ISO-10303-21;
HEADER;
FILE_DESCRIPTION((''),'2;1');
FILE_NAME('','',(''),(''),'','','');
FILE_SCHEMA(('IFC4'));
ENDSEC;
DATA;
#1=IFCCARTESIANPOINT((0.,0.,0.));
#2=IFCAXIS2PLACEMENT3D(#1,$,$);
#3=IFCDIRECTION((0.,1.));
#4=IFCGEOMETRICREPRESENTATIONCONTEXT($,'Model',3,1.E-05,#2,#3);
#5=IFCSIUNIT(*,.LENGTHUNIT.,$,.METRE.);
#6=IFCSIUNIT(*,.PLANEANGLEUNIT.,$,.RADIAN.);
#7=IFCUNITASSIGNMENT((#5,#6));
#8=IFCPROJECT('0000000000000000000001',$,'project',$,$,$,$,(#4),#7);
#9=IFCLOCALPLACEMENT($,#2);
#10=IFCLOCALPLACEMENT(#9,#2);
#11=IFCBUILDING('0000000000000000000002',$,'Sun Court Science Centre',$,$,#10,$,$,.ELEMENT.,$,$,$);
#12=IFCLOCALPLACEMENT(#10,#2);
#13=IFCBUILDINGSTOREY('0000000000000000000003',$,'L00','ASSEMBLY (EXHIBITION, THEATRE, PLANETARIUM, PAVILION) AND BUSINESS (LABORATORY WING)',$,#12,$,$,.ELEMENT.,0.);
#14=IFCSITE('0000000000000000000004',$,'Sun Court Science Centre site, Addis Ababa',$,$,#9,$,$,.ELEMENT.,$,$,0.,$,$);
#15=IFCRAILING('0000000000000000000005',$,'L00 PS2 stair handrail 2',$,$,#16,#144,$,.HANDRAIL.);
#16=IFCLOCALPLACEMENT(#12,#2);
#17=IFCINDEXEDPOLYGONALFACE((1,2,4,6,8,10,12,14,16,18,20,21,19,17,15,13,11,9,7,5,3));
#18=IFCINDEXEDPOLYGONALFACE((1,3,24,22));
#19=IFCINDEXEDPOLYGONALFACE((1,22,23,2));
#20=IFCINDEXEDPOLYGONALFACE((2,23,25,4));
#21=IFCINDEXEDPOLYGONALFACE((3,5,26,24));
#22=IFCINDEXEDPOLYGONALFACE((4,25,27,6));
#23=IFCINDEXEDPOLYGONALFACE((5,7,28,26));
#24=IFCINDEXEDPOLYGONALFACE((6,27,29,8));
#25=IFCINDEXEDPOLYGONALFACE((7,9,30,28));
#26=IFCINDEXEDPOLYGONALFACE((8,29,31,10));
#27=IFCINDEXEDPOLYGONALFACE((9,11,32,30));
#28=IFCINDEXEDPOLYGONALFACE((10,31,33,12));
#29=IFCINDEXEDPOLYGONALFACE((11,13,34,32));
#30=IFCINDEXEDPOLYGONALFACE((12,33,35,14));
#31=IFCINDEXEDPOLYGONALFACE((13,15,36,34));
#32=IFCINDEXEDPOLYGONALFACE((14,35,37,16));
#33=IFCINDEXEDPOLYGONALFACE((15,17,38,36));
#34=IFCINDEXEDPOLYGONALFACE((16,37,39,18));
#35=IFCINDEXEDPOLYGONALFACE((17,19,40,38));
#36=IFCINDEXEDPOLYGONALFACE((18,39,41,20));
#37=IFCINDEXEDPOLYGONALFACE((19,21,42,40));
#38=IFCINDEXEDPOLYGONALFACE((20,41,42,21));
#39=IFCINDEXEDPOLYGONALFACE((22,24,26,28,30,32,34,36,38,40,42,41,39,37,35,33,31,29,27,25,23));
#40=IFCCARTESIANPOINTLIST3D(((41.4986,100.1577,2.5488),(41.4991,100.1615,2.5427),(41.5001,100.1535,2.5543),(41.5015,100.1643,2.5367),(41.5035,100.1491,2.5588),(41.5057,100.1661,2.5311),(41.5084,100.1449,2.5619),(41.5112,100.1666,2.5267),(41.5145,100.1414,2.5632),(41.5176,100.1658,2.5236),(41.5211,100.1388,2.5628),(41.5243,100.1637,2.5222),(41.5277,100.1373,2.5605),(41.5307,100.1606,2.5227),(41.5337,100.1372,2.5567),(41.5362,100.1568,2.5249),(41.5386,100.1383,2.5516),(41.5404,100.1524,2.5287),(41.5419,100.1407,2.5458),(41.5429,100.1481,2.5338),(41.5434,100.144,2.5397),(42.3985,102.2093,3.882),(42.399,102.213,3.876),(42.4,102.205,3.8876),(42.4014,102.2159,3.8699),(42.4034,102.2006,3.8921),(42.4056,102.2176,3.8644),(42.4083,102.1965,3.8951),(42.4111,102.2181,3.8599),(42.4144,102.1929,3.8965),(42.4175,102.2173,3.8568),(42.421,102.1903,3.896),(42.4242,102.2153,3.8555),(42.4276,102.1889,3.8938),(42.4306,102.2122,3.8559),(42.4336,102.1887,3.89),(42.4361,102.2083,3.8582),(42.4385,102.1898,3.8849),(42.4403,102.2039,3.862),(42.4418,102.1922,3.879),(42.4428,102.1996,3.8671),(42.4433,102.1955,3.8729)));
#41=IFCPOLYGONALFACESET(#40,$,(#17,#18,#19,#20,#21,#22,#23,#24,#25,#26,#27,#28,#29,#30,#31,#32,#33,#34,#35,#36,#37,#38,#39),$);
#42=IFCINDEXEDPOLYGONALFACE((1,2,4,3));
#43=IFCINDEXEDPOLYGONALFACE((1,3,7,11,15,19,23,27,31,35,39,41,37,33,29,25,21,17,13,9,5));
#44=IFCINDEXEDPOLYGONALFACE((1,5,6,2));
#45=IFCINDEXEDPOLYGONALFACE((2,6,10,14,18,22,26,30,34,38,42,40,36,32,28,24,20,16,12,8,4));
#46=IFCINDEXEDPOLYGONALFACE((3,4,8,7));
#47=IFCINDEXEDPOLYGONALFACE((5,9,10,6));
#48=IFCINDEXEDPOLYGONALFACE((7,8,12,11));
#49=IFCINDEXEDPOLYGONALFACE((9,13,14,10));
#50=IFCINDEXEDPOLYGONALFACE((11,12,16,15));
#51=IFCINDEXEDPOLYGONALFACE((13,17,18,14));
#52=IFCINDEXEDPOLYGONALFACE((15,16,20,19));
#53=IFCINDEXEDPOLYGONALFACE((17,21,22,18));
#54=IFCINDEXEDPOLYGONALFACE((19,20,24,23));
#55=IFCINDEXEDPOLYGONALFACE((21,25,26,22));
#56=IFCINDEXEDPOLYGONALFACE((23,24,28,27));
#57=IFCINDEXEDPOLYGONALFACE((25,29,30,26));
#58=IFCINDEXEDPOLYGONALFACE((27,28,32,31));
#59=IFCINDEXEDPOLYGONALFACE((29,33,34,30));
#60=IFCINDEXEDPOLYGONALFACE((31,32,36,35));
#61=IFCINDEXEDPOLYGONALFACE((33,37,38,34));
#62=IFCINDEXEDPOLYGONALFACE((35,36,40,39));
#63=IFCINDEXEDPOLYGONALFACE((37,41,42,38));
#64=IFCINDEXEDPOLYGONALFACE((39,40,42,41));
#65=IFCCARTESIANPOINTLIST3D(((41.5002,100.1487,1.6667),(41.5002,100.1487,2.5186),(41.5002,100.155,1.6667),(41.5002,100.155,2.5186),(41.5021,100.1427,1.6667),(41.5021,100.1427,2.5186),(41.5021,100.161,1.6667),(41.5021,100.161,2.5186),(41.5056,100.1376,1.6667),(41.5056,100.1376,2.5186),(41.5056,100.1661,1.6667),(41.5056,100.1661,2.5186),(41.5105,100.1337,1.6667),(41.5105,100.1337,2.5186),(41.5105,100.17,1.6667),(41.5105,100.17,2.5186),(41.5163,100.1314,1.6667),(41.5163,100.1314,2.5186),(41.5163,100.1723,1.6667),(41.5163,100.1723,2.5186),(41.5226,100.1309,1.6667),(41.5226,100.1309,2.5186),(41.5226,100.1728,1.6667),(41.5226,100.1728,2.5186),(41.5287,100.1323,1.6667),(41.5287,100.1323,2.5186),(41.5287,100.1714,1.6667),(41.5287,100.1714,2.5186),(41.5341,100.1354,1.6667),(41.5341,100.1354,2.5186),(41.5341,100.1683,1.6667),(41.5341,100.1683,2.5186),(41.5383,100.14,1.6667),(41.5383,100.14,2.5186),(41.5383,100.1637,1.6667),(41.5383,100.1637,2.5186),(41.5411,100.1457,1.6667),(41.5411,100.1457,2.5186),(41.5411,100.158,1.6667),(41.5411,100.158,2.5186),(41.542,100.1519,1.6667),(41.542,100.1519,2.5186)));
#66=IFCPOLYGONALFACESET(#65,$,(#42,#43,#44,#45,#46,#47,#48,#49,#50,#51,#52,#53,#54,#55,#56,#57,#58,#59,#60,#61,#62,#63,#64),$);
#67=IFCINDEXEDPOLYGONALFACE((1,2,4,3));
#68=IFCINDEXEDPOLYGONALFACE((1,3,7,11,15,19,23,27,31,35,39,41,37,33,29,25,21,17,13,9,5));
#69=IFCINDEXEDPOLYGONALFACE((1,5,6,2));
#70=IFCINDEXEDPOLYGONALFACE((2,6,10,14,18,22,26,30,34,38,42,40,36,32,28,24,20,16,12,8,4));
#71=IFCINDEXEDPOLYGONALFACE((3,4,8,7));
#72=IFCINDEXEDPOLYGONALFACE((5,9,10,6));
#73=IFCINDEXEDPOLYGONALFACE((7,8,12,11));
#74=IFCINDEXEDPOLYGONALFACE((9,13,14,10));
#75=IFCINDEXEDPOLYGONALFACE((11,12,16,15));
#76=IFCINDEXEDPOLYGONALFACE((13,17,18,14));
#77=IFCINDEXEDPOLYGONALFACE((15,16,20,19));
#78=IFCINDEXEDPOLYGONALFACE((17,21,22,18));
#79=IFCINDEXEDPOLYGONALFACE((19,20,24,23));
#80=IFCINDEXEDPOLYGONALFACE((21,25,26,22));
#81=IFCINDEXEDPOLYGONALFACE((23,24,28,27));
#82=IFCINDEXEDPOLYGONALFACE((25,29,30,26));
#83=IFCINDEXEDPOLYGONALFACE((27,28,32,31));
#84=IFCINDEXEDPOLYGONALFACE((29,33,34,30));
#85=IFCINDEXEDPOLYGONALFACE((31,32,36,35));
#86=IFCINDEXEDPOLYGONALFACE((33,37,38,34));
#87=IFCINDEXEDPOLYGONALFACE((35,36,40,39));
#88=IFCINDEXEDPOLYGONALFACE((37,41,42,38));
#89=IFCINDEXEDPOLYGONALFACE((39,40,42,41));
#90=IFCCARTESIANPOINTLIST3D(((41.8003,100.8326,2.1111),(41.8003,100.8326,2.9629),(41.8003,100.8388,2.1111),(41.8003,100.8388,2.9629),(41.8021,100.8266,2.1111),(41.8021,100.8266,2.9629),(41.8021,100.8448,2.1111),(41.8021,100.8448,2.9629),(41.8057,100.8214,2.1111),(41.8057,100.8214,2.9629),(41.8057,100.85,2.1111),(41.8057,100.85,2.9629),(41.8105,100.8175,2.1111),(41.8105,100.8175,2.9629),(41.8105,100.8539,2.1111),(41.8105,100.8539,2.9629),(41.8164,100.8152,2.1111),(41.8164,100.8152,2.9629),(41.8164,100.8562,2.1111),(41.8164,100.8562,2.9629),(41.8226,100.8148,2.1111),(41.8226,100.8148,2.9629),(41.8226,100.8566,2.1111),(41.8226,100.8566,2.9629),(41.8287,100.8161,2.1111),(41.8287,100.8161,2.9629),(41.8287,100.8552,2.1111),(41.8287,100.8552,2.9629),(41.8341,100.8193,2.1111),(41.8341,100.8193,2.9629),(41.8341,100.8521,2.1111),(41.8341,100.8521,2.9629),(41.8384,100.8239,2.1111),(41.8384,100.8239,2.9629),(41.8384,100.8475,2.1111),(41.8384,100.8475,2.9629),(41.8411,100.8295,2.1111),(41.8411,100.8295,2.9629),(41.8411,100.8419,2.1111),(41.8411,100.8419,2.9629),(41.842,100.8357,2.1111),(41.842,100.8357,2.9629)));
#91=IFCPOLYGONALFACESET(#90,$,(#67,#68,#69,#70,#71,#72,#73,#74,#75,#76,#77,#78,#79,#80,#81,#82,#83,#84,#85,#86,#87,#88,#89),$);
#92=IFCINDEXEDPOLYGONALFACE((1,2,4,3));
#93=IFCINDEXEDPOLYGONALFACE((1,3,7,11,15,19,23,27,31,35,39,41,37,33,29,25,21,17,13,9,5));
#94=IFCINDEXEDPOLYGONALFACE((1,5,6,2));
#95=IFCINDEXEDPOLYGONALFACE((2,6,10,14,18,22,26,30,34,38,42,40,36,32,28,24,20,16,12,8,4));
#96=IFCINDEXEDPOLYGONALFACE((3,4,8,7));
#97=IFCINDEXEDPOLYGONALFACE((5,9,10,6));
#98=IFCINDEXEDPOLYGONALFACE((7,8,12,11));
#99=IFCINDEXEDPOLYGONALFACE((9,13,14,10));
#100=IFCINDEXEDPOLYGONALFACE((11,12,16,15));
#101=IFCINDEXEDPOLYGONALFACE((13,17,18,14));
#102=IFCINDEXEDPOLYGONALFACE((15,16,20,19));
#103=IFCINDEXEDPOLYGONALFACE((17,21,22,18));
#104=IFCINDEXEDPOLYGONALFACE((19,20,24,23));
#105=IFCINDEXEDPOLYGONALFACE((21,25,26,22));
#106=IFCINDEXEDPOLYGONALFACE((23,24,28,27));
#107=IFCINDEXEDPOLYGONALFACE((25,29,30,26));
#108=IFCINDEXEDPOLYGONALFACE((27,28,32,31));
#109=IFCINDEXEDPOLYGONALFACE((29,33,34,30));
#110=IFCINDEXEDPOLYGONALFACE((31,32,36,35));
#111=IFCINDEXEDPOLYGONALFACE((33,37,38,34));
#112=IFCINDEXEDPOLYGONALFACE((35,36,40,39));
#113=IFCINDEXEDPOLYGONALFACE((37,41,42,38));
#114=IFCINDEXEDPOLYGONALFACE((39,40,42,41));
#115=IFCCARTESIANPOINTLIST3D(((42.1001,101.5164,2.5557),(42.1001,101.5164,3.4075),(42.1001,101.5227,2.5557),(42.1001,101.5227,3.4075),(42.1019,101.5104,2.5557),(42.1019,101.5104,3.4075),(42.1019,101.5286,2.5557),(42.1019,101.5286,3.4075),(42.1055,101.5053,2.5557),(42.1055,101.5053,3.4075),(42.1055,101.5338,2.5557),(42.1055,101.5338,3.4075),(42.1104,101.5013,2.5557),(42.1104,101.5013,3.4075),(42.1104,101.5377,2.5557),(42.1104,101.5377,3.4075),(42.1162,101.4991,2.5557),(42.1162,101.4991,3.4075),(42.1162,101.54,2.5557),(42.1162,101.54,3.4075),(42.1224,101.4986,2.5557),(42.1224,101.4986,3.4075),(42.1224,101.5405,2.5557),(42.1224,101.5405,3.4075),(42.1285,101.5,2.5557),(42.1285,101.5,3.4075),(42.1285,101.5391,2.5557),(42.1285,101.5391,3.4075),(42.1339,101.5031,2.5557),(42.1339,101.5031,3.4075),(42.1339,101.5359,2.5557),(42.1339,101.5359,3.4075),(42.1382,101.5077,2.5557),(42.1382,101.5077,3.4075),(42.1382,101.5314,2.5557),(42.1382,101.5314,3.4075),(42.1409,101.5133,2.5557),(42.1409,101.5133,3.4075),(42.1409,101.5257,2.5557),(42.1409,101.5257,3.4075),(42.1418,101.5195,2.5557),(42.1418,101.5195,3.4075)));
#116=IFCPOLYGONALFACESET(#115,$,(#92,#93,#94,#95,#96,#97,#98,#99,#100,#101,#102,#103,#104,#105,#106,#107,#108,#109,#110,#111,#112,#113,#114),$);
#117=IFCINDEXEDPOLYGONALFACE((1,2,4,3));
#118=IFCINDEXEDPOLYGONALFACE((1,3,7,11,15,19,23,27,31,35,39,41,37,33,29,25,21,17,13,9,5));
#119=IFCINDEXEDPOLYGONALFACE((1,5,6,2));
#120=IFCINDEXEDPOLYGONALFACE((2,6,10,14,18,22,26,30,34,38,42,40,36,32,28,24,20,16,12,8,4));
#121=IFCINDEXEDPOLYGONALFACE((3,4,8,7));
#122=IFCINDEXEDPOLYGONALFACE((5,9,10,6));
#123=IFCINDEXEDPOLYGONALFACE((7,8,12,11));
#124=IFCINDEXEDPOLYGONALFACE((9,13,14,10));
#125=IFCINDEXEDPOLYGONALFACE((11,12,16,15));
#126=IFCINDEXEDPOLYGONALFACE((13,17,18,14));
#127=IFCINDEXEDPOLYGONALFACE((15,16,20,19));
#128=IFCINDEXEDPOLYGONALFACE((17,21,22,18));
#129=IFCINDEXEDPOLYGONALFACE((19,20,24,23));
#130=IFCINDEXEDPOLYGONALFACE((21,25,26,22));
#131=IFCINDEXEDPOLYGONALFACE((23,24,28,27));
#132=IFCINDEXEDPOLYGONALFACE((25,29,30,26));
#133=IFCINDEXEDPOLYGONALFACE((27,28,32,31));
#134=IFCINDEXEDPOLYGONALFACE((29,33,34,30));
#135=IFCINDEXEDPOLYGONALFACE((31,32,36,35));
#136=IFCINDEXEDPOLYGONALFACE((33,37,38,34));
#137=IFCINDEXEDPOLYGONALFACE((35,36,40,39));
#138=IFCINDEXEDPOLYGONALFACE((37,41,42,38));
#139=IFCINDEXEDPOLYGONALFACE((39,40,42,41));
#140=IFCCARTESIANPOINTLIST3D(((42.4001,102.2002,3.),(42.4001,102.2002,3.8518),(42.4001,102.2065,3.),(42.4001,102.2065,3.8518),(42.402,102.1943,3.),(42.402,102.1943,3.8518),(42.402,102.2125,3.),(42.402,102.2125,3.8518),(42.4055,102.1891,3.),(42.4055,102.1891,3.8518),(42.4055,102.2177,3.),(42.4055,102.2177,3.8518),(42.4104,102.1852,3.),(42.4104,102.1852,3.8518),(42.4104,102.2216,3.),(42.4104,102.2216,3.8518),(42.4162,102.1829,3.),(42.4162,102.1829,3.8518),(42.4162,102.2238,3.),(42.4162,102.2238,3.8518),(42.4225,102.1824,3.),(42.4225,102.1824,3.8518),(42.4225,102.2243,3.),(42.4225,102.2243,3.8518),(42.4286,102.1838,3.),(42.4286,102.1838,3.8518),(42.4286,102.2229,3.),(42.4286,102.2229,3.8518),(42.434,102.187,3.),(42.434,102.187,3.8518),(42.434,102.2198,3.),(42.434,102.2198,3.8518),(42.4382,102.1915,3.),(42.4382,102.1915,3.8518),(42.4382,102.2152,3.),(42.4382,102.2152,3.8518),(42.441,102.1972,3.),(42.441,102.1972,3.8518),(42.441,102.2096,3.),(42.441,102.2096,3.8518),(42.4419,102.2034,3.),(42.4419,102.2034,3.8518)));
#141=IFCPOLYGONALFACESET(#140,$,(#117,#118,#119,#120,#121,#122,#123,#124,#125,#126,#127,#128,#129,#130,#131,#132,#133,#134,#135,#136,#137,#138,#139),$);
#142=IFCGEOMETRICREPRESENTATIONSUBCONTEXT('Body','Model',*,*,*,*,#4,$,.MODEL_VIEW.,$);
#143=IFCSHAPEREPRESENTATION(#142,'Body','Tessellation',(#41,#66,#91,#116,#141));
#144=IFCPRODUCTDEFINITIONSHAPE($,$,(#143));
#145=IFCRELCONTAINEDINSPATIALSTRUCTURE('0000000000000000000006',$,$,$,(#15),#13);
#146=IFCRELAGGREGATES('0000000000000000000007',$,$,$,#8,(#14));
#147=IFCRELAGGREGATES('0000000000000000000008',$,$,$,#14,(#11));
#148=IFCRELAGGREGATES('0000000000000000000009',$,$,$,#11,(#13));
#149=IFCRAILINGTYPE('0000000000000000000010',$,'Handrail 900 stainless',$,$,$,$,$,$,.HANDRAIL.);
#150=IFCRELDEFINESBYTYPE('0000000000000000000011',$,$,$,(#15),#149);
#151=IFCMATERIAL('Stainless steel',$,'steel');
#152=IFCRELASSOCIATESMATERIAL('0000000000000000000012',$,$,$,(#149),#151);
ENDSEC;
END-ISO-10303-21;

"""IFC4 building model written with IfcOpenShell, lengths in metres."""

from ifc_helpers import new_model, si_unit, direction, frame, origin, origin_2d, place, context, subcontext, project, spatial, circle, extrude, material, type_object, element, save


model = new_model("IFC4")

# Units and contexts
model_context = context("Model", 3, precision=1e-05, world=origin(), true_north=direction((0.0, 1.0)))
body_context = subcontext(model_context, "Body", "Model", "MODEL_VIEW")
ifc_project = project(units=[si_unit("LENGTHUNIT", "METRE"), si_unit("PLANEANGLEUNIT", "RADIAN")], contexts=[model_context])

# Site, building, storey
site_placement = place(None, origin())
site = spatial("IfcSite", under=ifc_project, at=site_placement, Name="Sun Court Science Centre site, Addis Ababa", CompositionType="ELEMENT", RefElevation=0.0)
building_placement = place(site_placement, origin())
building = spatial("IfcBuilding", under=site, at=building_placement, Name="Sun Court Science Centre", CompositionType="ELEMENT")
storey_placement = place(building_placement, origin())
storey = spatial("IfcBuildingStorey", under=building, at=storey_placement, Name="L00", Description="ASSEMBLY (EXHIBITION, THEATRE, PLANETARIUM, PAVILION) AND BUSINESS (LABORATORY WING)", CompositionType="ELEMENT", Elevation=0.0)

# Railing
ifc_material_1 = material(Name="Stainless steel", Category="steel")
railing_type_1 = type_object("IfcRailingType", Name="Handrail 900 stainless", PredefinedType="HANDRAIL", material=ifc_material_1)
for number, where, name in (
    (1, (41.521, 100.1519, 1.6667), "L00 PS2 stair handrail 2"),
):
    element("IfcRailing", number, at=place(storey_placement, frame(where)), inside=storey, type_object=railing_type_1, Name=name, PredefinedType="HANDRAIL", context=body_context, shape_type="SweptSolid", body=[
        extrude(circle(Radius=0.0239, at=origin_2d()), frame((0.0, 0.0, 0.876), z_axis=(0.345196, 0.786946, 0.511426), x_axis=(-0.915769, 0.401705, 0.0)), (0.0, 0.0, 1.0), 2.6069),
        extrude(circle(Radius=0.021, at=origin_2d()), origin(), (0.0, 0.0, 1.0), 0.8518),
        extrude(circle(Radius=0.021, at=origin_2d()), frame((0.3, 0.6838, 0.4443)), (0.0, 0.0, 1.0), 0.8518),
        extrude(circle(Radius=0.021, at=origin_2d()), frame((0.5999, 1.3677, 0.8889)), (0.0, 0.0, 1.0), 0.8518),
        extrude(circle(Radius=0.021, at=origin_2d()), frame((0.8999, 2.0515, 1.3333)), (0.0, 0.0, 1.0), 0.8518),
    ])

save(model, "model.ifc")
